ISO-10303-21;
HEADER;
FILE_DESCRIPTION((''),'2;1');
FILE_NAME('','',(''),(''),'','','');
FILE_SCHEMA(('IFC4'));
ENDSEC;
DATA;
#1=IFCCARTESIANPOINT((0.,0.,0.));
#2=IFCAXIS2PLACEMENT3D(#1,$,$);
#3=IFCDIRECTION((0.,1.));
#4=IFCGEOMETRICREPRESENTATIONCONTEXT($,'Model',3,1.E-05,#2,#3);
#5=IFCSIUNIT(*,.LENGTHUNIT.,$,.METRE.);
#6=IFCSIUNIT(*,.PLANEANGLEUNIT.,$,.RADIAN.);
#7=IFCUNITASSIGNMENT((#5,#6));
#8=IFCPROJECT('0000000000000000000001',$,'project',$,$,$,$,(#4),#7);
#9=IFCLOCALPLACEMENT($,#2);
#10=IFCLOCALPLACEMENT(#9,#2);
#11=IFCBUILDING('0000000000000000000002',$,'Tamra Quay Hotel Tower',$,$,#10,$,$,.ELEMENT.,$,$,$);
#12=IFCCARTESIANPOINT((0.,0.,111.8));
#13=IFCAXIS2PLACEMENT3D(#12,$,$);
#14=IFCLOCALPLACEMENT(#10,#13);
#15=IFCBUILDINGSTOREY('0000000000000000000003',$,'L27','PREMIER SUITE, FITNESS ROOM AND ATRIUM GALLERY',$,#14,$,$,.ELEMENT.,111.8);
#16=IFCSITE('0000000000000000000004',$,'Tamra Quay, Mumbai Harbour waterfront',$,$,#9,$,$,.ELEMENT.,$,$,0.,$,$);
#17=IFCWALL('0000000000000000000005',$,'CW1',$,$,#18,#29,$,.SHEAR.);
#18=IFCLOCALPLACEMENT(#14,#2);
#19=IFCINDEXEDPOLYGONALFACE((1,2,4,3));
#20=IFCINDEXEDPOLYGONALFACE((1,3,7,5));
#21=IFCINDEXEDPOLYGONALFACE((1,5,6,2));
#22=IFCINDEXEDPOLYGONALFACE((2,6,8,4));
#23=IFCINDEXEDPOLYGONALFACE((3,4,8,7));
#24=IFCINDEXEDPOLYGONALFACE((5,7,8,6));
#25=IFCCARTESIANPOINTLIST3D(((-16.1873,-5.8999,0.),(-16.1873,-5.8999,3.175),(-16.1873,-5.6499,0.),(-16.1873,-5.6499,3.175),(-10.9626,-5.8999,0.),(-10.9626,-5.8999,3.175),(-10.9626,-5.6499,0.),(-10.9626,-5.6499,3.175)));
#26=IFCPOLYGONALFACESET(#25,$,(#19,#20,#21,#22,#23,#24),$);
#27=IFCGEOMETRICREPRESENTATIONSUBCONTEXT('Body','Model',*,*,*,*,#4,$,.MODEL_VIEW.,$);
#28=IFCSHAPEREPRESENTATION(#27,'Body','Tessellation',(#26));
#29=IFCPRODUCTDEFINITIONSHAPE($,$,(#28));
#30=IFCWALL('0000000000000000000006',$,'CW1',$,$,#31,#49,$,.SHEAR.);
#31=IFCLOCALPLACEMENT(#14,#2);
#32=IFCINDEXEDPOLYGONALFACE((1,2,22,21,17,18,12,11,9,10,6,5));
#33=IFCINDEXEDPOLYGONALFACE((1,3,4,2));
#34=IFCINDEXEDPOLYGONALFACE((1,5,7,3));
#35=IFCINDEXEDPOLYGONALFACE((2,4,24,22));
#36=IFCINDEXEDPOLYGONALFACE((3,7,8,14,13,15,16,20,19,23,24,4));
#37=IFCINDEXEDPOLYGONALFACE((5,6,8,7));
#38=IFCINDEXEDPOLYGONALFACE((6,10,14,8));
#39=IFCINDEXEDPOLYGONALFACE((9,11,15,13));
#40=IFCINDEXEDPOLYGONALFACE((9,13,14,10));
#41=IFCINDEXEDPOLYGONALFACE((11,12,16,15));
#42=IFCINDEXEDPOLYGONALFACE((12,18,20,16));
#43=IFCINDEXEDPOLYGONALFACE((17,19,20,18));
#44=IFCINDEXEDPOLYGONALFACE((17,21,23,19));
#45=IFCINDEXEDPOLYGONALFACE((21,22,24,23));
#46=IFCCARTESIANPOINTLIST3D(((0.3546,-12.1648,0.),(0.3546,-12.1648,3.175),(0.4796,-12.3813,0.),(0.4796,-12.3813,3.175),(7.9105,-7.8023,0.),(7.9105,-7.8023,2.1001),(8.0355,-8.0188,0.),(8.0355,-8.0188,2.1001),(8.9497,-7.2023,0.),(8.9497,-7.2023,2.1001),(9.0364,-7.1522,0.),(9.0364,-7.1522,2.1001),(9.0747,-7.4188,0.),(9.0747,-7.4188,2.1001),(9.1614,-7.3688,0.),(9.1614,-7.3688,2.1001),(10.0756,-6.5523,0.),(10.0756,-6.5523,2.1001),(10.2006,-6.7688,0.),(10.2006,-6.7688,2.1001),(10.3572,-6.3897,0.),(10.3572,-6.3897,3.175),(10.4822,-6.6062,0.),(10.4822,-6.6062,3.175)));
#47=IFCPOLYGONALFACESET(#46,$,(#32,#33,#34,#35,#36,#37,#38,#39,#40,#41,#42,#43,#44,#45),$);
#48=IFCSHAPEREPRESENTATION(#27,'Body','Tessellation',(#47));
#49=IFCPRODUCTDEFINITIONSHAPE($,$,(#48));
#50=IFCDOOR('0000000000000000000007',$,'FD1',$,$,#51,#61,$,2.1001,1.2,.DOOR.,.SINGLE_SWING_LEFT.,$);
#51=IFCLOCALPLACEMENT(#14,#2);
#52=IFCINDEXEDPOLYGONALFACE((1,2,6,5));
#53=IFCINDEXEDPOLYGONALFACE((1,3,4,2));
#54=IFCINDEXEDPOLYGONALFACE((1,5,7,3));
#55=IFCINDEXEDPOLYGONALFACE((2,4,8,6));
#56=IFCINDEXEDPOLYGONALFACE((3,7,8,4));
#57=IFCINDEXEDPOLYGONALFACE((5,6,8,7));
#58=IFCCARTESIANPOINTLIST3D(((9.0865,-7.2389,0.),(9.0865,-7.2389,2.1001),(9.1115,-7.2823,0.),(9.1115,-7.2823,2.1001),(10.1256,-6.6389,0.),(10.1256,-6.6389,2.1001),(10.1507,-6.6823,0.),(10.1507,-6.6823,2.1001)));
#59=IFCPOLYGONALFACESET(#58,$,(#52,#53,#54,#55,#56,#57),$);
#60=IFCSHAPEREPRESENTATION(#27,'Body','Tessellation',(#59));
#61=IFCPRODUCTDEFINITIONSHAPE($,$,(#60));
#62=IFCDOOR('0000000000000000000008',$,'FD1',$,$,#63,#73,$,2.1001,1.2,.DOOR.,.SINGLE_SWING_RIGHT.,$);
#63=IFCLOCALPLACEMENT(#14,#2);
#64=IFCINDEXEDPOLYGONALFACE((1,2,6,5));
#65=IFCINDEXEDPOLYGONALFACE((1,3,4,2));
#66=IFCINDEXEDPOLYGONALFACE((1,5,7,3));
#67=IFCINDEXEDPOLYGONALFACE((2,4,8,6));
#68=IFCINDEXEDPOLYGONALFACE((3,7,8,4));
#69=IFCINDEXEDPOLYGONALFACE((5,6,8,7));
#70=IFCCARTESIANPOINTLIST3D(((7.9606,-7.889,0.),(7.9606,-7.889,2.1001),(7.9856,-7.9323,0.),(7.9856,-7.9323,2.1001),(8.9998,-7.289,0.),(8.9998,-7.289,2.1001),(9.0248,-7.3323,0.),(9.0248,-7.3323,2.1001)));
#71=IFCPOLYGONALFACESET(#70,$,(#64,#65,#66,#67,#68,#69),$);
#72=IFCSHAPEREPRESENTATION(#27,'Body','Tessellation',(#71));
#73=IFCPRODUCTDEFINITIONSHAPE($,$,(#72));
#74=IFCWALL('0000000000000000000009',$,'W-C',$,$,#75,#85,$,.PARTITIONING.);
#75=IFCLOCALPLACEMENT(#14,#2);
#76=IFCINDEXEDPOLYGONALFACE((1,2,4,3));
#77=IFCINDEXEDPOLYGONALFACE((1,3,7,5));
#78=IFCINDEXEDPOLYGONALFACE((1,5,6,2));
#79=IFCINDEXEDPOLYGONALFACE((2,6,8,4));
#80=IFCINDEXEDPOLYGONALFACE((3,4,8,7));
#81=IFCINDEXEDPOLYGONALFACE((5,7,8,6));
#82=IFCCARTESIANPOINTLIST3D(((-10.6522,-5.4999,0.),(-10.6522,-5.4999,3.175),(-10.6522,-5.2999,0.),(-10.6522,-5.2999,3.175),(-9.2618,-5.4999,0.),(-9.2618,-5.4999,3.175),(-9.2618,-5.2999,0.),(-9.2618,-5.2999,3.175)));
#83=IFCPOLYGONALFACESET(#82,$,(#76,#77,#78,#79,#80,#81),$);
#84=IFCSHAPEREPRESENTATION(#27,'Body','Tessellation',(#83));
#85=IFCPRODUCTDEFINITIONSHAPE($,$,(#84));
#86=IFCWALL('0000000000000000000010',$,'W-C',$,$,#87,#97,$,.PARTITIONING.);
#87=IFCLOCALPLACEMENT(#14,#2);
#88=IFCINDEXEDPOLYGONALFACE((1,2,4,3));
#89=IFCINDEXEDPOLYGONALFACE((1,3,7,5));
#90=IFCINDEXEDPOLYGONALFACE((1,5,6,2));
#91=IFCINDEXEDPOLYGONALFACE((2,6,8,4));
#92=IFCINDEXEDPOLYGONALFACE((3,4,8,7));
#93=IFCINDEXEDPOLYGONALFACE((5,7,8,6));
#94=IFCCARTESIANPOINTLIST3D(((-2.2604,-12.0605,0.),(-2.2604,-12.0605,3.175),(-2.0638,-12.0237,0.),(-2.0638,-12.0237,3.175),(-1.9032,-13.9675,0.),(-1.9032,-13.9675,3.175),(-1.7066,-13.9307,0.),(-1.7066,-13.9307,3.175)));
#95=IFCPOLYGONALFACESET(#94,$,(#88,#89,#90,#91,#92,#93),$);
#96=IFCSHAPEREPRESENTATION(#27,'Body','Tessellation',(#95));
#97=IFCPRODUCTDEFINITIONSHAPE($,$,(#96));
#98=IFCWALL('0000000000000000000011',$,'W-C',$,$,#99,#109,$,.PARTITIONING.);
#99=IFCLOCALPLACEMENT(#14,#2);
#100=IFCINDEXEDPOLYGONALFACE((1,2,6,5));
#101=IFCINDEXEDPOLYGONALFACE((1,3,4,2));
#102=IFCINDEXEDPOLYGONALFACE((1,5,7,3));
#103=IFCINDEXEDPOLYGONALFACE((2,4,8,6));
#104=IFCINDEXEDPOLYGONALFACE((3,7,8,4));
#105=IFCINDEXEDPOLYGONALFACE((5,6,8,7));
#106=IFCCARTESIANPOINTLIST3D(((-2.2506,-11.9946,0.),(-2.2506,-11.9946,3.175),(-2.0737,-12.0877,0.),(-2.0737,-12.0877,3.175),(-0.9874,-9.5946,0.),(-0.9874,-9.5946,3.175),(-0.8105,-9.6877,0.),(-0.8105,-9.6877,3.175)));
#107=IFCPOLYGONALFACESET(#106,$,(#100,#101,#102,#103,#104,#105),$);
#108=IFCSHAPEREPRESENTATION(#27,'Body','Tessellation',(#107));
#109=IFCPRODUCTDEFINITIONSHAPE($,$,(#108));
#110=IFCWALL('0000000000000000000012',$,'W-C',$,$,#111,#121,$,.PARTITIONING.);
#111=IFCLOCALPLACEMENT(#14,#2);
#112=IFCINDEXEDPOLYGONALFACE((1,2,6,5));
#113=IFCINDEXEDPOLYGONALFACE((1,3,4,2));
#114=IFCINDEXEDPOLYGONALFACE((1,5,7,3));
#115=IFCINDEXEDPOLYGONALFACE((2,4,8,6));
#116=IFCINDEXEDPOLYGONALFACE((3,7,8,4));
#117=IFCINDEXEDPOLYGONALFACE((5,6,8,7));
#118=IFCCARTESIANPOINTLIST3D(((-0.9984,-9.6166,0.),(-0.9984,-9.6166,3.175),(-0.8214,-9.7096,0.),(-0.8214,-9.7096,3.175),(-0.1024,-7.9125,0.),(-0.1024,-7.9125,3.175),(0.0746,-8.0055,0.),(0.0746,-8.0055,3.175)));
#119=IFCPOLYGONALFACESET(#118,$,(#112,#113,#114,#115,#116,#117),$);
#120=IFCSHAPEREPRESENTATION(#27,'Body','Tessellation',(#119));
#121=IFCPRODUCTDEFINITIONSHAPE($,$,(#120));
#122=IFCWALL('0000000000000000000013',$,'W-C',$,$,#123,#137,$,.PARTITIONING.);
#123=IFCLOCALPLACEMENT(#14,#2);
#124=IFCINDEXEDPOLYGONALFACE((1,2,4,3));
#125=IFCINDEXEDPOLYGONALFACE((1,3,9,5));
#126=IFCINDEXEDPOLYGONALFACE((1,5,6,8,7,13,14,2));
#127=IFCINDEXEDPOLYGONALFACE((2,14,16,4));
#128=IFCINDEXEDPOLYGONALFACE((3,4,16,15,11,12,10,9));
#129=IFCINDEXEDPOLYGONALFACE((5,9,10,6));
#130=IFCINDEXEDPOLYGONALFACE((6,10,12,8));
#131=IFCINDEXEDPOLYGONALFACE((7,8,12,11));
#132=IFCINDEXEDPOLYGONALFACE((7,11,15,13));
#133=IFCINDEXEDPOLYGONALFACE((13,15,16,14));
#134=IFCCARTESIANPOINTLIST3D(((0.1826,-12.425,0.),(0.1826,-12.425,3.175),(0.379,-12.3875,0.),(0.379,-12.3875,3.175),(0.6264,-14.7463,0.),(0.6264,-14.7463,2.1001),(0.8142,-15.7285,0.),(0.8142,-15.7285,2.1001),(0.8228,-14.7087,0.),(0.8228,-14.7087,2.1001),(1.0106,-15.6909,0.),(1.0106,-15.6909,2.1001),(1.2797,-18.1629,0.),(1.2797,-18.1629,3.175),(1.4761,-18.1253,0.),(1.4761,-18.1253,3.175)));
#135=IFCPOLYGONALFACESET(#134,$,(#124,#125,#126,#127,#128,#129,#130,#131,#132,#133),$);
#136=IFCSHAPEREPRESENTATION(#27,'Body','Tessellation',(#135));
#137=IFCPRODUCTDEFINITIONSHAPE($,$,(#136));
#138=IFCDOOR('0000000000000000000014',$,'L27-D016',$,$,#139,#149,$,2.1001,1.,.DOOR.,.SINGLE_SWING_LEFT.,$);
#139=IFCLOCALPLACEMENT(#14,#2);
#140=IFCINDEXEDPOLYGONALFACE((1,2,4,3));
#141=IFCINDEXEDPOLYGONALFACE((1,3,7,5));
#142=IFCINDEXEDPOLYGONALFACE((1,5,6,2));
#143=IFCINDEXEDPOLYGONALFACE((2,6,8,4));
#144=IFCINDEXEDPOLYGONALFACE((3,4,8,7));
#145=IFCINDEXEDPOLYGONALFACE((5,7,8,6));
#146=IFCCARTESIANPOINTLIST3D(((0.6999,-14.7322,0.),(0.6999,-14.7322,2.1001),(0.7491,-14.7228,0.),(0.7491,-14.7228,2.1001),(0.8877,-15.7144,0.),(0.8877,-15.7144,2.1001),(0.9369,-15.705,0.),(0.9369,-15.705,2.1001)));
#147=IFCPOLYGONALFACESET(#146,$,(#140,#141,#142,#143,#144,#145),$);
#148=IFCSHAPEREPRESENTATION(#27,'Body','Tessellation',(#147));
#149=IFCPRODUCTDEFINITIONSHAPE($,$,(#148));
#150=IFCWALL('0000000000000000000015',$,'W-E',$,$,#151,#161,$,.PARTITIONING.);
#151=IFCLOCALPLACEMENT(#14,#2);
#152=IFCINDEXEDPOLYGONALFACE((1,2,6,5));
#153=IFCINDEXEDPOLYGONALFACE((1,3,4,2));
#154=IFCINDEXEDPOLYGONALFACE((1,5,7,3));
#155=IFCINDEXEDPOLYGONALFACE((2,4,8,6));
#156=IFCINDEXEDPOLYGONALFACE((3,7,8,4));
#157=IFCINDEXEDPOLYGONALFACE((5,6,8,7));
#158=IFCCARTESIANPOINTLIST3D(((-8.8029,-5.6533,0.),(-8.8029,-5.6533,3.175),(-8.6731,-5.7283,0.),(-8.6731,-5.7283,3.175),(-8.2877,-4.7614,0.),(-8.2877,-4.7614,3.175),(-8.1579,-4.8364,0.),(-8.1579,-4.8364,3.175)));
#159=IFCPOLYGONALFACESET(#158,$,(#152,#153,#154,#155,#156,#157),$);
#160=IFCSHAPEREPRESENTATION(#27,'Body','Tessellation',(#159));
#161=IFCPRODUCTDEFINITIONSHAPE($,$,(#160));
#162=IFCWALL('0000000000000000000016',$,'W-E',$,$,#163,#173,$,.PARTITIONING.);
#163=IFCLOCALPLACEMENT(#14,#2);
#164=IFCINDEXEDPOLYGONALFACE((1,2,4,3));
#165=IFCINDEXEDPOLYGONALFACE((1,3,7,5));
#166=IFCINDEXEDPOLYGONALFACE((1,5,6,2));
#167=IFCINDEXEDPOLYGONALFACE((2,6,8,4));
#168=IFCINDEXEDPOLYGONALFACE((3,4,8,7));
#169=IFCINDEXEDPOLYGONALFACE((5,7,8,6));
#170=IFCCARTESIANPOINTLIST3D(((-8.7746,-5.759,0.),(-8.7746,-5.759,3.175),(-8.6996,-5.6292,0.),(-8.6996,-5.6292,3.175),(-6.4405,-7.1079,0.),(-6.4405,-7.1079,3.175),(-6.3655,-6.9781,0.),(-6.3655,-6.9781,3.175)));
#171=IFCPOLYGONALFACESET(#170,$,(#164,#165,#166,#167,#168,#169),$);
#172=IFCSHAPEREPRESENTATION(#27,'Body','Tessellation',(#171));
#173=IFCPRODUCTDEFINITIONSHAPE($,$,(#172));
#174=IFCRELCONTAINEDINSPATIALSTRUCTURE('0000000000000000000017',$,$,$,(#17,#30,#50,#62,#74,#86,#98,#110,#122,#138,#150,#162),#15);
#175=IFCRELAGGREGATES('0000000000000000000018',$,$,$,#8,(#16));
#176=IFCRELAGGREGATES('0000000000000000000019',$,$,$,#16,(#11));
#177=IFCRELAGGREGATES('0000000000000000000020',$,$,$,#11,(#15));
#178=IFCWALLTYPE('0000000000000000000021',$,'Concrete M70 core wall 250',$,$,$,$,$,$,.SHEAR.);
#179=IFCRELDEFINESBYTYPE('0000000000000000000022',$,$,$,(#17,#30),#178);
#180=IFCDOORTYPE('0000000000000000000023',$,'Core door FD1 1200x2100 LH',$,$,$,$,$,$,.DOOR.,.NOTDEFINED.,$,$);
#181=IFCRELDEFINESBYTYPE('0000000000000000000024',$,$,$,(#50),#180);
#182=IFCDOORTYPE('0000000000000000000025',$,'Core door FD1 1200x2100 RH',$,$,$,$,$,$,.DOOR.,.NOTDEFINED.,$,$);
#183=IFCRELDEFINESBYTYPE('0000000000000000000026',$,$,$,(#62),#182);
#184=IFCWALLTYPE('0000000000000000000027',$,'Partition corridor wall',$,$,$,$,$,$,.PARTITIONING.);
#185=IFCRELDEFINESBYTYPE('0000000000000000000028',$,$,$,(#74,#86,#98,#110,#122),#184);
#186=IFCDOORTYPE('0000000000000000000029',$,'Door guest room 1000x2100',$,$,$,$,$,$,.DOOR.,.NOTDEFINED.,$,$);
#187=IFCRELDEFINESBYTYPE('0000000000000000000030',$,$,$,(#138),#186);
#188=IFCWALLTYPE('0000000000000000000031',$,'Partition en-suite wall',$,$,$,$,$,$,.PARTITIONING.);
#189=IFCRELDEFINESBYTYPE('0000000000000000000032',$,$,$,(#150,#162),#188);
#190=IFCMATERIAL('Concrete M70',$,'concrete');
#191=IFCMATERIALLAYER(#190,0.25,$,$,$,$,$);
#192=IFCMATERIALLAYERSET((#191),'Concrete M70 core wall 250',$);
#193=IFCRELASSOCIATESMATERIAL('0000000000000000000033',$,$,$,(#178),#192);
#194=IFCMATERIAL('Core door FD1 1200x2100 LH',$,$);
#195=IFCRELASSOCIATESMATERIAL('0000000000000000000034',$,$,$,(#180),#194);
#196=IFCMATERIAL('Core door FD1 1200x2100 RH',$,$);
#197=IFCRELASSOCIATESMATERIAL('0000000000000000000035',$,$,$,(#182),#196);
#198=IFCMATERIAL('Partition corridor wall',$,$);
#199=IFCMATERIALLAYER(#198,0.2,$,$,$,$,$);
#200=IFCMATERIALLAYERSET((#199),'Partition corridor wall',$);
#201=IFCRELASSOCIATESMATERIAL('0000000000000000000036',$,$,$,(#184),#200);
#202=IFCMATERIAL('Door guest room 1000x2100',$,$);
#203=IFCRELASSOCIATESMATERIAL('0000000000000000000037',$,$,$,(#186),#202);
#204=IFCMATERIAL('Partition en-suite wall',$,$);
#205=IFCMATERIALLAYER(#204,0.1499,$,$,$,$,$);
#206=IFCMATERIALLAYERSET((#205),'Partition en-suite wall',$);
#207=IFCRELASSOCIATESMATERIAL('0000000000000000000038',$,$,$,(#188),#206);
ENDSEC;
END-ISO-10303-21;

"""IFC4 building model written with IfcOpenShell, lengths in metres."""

from ifc_helpers import new_model, si_unit, direction, frame, frame_2d, origin, place, context, subcontext, project, spatial, rectangle, extrude, material, layer, layer_set, type_object, element, fill, save


model = new_model("IFC4")

# Units and contexts
model_context = context("Model", 3, precision=1e-05, world=origin(), true_north=direction((0.0, 1.0)))
body_context = subcontext(model_context, "Body", "Model", "MODEL_VIEW")
ifc_project = project(units=[si_unit("LENGTHUNIT", "METRE"), si_unit("PLANEANGLEUNIT", "RADIAN")], contexts=[model_context])

# Site, building, storey
site_placement = place(None, origin())
site = spatial("IfcSite", under=ifc_project, at=site_placement, Name="Tamra Quay, Mumbai Harbour waterfront", CompositionType="ELEMENT", RefElevation=0.0)
building_placement = place(site_placement, origin())
building = spatial("IfcBuilding", under=site, at=building_placement, Name="Tamra Quay Hotel Tower", CompositionType="ELEMENT")
storey_placement = place(building_placement, frame((0.0, 0.0, 111.8)))
storey = spatial("IfcBuildingStorey", under=building, at=storey_placement, Name="L27", Description="PREMIER SUITE, FITNESS ROOM AND ATRIUM GALLERY", CompositionType="ELEMENT", Elevation=111.8)

# Wall
ifc_material_1 = material(Name="Concrete M70", Category="concrete")
ifc_layer_1 = layer(ifc_material_1, 0.25)
ifc_layer_set_1 = layer_set([ifc_layer_1], Name="Concrete M70 core wall 250")
wall_type_1 = type_object("IfcWallType", Name="Concrete M70 core wall 250", PredefinedType="SHEAR", material=ifc_layer_set_1)
wall_1_placement = place(storey_placement, frame((-10.9626, -5.7749, 0.0), z_axis=(0.0, 0.0, 1.0), x_axis=(-1.0, 0.0, 0.0)))
element("IfcWall", 1, at=wall_1_placement, inside=storey, type_object=wall_type_1, Name="CW1", PredefinedType="SHEAR", context=body_context, shape_type="SweptSolid", body=[
    extrude(rectangle(XDim=5.2246, YDim=0.25, at=frame_2d((2.6123, 0.0))), origin(), (0.0, 0.0, 1.0), 3.175),
])

# Wall, openings, doors
wall_2_placement = place(storey_placement, frame((0.4172, -12.2729, 0.0), z_axis=(0.0, 0.0, 1.0), x_axis=(0.866022, 0.500006, 0.0)))
wall_2 = element("IfcWall", 2, at=wall_2_placement, inside=storey, type_object=wall_type_1, Name="CW1", PredefinedType="SHEAR", context=body_context, shape_type="SweptSolid", body=[
    extrude(rectangle(XDim=11.55, YDim=0.25, at=frame_2d((5.7749, 0.0))), origin(), (0.0, 0.0, 1.0), 3.175),
])
opening_1_placement = place(wall_2_placement, frame((10.0247, 0.0, 0.0)))
opening_1 = element("IfcOpeningElement", 3, at=opening_1_placement, cuts=wall_2, PredefinedType="OPENING", context=body_context, shape_type="SweptSolid", body=[
    extrude(rectangle(XDim=1.2, YDim=2.1001, at=frame_2d((0.6001, 1.05))), frame((0.0, 0.135, 0.0), z_axis=(0.0, -1.0, 0.0), x_axis=(1.0, 0.0, 0.0)), (0.0, 0.0, 1.0), 0.27),
])
opening_2_placement = place(wall_2_placement, frame((8.7246, 0.0, 0.0)))
opening_2 = element("IfcOpeningElement", 4, at=opening_2_placement, cuts=wall_2, PredefinedType="OPENING", context=body_context, shape_type="SweptSolid", body=[
    extrude(rectangle(XDim=1.2, YDim=2.1001, at=frame_2d((0.6001, 1.05))), frame((0.0, 0.135, 0.0), z_axis=(0.0, -1.0, 0.0), x_axis=(1.0, 0.0, 0.0)), (0.0, 0.0, 1.0), 0.27),
])
ifc_material_2 = material(Name="Core door FD1 1200x2100 LH")
door_type_1 = type_object("IfcDoorType", Name="Core door FD1 1200x2100 LH", OperationType="NOTDEFINED", PredefinedType="DOOR", material=ifc_material_2)
door_1_placement = place(opening_1_placement, origin())
door_1 = element("IfcDoor", 5, at=door_1_placement, inside=storey, type_object=door_type_1, Name="FD1", OperationType="SINGLE_SWING_LEFT", OverallHeight=2.1001, OverallWidth=1.2, PredefinedType="DOOR", context=body_context, shape_type="SweptSolid", body=[
    extrude(rectangle(XDim=1.2, YDim=2.1001, at=frame_2d((0.6001, 1.05))), frame((0.0, 0.0249, 0.0), z_axis=(0.0, -1.0, 0.0), x_axis=(1.0, 0.0, 0.0)), (0.0, 0.0, 1.0), 0.05),
])
fill(opening_1, door_1)
ifc_material_3 = material(Name="Core door FD1 1200x2100 RH")
door_type_2 = type_object("IfcDoorType", Name="Core door FD1 1200x2100 RH", OperationType="NOTDEFINED", PredefinedType="DOOR", material=ifc_material_3)
door_2_placement = place(opening_2_placement, origin())
door_2 = element("IfcDoor", 6, at=door_2_placement, inside=storey, type_object=door_type_2, Name="FD1", OperationType="SINGLE_SWING_RIGHT", OverallHeight=2.1001, OverallWidth=1.2, PredefinedType="DOOR", context=body_context, shape_type="SweptSolid", body=[
    extrude(rectangle(XDim=1.2, YDim=2.1001, at=frame_2d((0.6001, 1.05))), frame((0.0, 0.0249, 0.0), z_axis=(0.0, -1.0, 0.0), x_axis=(1.0, 0.0, 0.0)), (0.0, 0.0, 1.0), 0.05),
])
fill(opening_2, door_2)

# Walls
ifc_material_4 = material(Name="Partition corridor wall")
ifc_layer_2 = layer(ifc_material_4, 0.2)
ifc_layer_set_2 = layer_set([ifc_layer_2], Name="Partition corridor wall")
wall_type_2 = type_object("IfcWallType", Name="Partition corridor wall", PredefinedType="PARTITIONING", material=ifc_layer_set_2)
wall_3_placement = place(storey_placement, frame((-10.6523, -5.3999, 0.0), z_axis=(0.0, 0.0, 1.0), x_axis=(1.0, 0.0, 0.0)))
element("IfcWall", 7, at=wall_3_placement, inside=storey, type_object=wall_type_2, Name="W-C", PredefinedType="PARTITIONING", context=body_context, shape_type="SweptSolid", body=[
    extrude(rectangle(XDim=1.3904, YDim=0.2, at=frame_2d((0.6953, 0.0))), origin(), (0.0, 0.0, 1.0), 3.175),
])
wall_4_placement = place(storey_placement, frame((-2.1621, -12.042, 0.0), z_axis=(0.0, 0.0, 1.0), x_axis=(0.184099, -0.982908, 0.0)))
element("IfcWall", 8, at=wall_4_placement, inside=storey, type_object=wall_type_2, Name="W-C", PredefinedType="PARTITIONING", context=body_context, shape_type="SweptSolid", body=[
    extrude(rectangle(XDim=1.9402, YDim=0.2, at=frame_2d((0.9702, 0.0))), origin(), (0.0, 0.0, 1.0), 3.175),
])
wall_5_placement = place(storey_placement, frame((-2.1621, -12.041, 0.0), z_axis=(0.0, 0.0, 1.0), x_axis=(0.465769, 0.884907, 0.0)))
element("IfcWall", 9, at=wall_5_placement, inside=storey, type_object=wall_type_2, Name="W-C", PredefinedType="PARTITIONING", context=body_context, shape_type="SweptSolid", body=[
    extrude(rectangle(XDim=2.7122, YDim=0.2, at=frame_2d((1.356, 0.0))), origin(), (0.0, 0.0, 1.0), 3.175),
])
wall_6_placement = place(storey_placement, frame((-0.9099, -9.6631, 0.0), z_axis=(0.0, 0.0, 1.0), x_axis=(0.465381, 0.885111, 0.0)))
element("IfcWall", 10, at=wall_6_placement, inside=storey, type_object=wall_type_2, Name="W-C", PredefinedType="PARTITIONING", context=body_context, shape_type="SweptSolid", body=[
    extrude(rectangle(XDim=1.9253, YDim=0.2, at=frame_2d((0.9626, 0.0))), origin(), (0.0, 0.0, 1.0), 3.175),
])

# Wall, opening, door
wall_7_placement = place(storey_placement, frame((0.2808, -12.4062, 0.0), z_axis=(0.0, 0.0, 1.0), x_axis=(0.187815, -0.982204, 0.0)))
wall_7 = element("IfcWall", 11, at=wall_7_placement, inside=storey, type_object=wall_type_2, Name="W-C", PredefinedType="PARTITIONING", context=body_context, shape_type="SweptSolid", body=[
    extrude(rectangle(XDim=5.8418, YDim=0.2, at=frame_2d((2.9209, 0.0))), origin(), (0.0, 0.0, 1.0), 3.175),
])
opening_3_placement = place(wall_7_placement, frame((2.3633, 0.0, 0.0)))
opening_3 = element("IfcOpeningElement", 12, at=opening_3_placement, cuts=wall_7, PredefinedType="OPENING", context=body_context, shape_type="SweptSolid", body=[
    extrude(rectangle(XDim=1.0, YDim=2.1001, at=frame_2d((0.5, 1.05))), frame((0.0, 0.1099, 0.0), z_axis=(0.0, -1.0, 0.0), x_axis=(1.0, 0.0, 0.0)), (0.0, 0.0, 1.0), 0.22),
])
ifc_material_5 = material(Name="Door guest room 1000x2100")
door_type_3 = type_object("IfcDoorType", Name="Door guest room 1000x2100", OperationType="NOTDEFINED", PredefinedType="DOOR", material=ifc_material_5)
door_3_placement = place(opening_3_placement, origin())
door_3 = element("IfcDoor", 13, at=door_3_placement, inside=storey, type_object=door_type_3, Name="L27-D016", OperationType="SINGLE_SWING_LEFT", OverallHeight=2.1001, OverallWidth=1.0, PredefinedType="DOOR", context=body_context, shape_type="SweptSolid", body=[
    extrude(rectangle(XDim=1.0, YDim=2.1001, at=frame_2d((0.5, 1.05))), frame((0.0, 0.0249, 0.0), z_axis=(0.0, -1.0, 0.0), x_axis=(1.0, 0.0, 0.0)), (0.0, 0.0, 1.0), 0.05),
])
fill(opening_3, door_3)

# Walls
ifc_material_6 = material(Name="Partition en-suite wall")
ifc_layer_3 = layer(ifc_material_6, 0.1499)
ifc_layer_set_3 = layer_set([ifc_layer_3], Name="Partition en-suite wall")
wall_type_3 = type_object("IfcWallType", Name="Partition en-suite wall", PredefinedType="PARTITIONING", material=ifc_layer_set_3)
wall_8_placement = place(storey_placement, frame((-8.738, -5.6909, 0.0), z_axis=(0.0, 0.0, 1.0), x_axis=(0.500167, 0.865929, 0.0)))
element("IfcWall", 14, at=wall_8_placement, inside=storey, type_object=wall_type_3, Name="W-E", PredefinedType="PARTITIONING", context=body_context, shape_type="SweptSolid", body=[
    extrude(rectangle(XDim=1.03, YDim=0.1499, at=frame_2d((0.5151, 0.0))), origin(), (0.0, 0.0, 1.0), 3.175),
])
wall_9_placement = place(storey_placement, frame((-8.7371, -5.6941, 0.0), z_axis=(0.0, 0.0, 1.0), x_axis=(0.865808, -0.500376, 0.0)))
element("IfcWall", 15, at=wall_9_placement, inside=storey, type_object=wall_type_3, Name="W-E", PredefinedType="PARTITIONING", context=body_context, shape_type="SweptSolid", body=[
    extrude(rectangle(XDim=2.6958, YDim=0.1499, at=frame_2d((1.3479, 0.0))), origin(), (0.0, 0.0, 1.0), 3.175),
])

save(model, "model.ifc")
